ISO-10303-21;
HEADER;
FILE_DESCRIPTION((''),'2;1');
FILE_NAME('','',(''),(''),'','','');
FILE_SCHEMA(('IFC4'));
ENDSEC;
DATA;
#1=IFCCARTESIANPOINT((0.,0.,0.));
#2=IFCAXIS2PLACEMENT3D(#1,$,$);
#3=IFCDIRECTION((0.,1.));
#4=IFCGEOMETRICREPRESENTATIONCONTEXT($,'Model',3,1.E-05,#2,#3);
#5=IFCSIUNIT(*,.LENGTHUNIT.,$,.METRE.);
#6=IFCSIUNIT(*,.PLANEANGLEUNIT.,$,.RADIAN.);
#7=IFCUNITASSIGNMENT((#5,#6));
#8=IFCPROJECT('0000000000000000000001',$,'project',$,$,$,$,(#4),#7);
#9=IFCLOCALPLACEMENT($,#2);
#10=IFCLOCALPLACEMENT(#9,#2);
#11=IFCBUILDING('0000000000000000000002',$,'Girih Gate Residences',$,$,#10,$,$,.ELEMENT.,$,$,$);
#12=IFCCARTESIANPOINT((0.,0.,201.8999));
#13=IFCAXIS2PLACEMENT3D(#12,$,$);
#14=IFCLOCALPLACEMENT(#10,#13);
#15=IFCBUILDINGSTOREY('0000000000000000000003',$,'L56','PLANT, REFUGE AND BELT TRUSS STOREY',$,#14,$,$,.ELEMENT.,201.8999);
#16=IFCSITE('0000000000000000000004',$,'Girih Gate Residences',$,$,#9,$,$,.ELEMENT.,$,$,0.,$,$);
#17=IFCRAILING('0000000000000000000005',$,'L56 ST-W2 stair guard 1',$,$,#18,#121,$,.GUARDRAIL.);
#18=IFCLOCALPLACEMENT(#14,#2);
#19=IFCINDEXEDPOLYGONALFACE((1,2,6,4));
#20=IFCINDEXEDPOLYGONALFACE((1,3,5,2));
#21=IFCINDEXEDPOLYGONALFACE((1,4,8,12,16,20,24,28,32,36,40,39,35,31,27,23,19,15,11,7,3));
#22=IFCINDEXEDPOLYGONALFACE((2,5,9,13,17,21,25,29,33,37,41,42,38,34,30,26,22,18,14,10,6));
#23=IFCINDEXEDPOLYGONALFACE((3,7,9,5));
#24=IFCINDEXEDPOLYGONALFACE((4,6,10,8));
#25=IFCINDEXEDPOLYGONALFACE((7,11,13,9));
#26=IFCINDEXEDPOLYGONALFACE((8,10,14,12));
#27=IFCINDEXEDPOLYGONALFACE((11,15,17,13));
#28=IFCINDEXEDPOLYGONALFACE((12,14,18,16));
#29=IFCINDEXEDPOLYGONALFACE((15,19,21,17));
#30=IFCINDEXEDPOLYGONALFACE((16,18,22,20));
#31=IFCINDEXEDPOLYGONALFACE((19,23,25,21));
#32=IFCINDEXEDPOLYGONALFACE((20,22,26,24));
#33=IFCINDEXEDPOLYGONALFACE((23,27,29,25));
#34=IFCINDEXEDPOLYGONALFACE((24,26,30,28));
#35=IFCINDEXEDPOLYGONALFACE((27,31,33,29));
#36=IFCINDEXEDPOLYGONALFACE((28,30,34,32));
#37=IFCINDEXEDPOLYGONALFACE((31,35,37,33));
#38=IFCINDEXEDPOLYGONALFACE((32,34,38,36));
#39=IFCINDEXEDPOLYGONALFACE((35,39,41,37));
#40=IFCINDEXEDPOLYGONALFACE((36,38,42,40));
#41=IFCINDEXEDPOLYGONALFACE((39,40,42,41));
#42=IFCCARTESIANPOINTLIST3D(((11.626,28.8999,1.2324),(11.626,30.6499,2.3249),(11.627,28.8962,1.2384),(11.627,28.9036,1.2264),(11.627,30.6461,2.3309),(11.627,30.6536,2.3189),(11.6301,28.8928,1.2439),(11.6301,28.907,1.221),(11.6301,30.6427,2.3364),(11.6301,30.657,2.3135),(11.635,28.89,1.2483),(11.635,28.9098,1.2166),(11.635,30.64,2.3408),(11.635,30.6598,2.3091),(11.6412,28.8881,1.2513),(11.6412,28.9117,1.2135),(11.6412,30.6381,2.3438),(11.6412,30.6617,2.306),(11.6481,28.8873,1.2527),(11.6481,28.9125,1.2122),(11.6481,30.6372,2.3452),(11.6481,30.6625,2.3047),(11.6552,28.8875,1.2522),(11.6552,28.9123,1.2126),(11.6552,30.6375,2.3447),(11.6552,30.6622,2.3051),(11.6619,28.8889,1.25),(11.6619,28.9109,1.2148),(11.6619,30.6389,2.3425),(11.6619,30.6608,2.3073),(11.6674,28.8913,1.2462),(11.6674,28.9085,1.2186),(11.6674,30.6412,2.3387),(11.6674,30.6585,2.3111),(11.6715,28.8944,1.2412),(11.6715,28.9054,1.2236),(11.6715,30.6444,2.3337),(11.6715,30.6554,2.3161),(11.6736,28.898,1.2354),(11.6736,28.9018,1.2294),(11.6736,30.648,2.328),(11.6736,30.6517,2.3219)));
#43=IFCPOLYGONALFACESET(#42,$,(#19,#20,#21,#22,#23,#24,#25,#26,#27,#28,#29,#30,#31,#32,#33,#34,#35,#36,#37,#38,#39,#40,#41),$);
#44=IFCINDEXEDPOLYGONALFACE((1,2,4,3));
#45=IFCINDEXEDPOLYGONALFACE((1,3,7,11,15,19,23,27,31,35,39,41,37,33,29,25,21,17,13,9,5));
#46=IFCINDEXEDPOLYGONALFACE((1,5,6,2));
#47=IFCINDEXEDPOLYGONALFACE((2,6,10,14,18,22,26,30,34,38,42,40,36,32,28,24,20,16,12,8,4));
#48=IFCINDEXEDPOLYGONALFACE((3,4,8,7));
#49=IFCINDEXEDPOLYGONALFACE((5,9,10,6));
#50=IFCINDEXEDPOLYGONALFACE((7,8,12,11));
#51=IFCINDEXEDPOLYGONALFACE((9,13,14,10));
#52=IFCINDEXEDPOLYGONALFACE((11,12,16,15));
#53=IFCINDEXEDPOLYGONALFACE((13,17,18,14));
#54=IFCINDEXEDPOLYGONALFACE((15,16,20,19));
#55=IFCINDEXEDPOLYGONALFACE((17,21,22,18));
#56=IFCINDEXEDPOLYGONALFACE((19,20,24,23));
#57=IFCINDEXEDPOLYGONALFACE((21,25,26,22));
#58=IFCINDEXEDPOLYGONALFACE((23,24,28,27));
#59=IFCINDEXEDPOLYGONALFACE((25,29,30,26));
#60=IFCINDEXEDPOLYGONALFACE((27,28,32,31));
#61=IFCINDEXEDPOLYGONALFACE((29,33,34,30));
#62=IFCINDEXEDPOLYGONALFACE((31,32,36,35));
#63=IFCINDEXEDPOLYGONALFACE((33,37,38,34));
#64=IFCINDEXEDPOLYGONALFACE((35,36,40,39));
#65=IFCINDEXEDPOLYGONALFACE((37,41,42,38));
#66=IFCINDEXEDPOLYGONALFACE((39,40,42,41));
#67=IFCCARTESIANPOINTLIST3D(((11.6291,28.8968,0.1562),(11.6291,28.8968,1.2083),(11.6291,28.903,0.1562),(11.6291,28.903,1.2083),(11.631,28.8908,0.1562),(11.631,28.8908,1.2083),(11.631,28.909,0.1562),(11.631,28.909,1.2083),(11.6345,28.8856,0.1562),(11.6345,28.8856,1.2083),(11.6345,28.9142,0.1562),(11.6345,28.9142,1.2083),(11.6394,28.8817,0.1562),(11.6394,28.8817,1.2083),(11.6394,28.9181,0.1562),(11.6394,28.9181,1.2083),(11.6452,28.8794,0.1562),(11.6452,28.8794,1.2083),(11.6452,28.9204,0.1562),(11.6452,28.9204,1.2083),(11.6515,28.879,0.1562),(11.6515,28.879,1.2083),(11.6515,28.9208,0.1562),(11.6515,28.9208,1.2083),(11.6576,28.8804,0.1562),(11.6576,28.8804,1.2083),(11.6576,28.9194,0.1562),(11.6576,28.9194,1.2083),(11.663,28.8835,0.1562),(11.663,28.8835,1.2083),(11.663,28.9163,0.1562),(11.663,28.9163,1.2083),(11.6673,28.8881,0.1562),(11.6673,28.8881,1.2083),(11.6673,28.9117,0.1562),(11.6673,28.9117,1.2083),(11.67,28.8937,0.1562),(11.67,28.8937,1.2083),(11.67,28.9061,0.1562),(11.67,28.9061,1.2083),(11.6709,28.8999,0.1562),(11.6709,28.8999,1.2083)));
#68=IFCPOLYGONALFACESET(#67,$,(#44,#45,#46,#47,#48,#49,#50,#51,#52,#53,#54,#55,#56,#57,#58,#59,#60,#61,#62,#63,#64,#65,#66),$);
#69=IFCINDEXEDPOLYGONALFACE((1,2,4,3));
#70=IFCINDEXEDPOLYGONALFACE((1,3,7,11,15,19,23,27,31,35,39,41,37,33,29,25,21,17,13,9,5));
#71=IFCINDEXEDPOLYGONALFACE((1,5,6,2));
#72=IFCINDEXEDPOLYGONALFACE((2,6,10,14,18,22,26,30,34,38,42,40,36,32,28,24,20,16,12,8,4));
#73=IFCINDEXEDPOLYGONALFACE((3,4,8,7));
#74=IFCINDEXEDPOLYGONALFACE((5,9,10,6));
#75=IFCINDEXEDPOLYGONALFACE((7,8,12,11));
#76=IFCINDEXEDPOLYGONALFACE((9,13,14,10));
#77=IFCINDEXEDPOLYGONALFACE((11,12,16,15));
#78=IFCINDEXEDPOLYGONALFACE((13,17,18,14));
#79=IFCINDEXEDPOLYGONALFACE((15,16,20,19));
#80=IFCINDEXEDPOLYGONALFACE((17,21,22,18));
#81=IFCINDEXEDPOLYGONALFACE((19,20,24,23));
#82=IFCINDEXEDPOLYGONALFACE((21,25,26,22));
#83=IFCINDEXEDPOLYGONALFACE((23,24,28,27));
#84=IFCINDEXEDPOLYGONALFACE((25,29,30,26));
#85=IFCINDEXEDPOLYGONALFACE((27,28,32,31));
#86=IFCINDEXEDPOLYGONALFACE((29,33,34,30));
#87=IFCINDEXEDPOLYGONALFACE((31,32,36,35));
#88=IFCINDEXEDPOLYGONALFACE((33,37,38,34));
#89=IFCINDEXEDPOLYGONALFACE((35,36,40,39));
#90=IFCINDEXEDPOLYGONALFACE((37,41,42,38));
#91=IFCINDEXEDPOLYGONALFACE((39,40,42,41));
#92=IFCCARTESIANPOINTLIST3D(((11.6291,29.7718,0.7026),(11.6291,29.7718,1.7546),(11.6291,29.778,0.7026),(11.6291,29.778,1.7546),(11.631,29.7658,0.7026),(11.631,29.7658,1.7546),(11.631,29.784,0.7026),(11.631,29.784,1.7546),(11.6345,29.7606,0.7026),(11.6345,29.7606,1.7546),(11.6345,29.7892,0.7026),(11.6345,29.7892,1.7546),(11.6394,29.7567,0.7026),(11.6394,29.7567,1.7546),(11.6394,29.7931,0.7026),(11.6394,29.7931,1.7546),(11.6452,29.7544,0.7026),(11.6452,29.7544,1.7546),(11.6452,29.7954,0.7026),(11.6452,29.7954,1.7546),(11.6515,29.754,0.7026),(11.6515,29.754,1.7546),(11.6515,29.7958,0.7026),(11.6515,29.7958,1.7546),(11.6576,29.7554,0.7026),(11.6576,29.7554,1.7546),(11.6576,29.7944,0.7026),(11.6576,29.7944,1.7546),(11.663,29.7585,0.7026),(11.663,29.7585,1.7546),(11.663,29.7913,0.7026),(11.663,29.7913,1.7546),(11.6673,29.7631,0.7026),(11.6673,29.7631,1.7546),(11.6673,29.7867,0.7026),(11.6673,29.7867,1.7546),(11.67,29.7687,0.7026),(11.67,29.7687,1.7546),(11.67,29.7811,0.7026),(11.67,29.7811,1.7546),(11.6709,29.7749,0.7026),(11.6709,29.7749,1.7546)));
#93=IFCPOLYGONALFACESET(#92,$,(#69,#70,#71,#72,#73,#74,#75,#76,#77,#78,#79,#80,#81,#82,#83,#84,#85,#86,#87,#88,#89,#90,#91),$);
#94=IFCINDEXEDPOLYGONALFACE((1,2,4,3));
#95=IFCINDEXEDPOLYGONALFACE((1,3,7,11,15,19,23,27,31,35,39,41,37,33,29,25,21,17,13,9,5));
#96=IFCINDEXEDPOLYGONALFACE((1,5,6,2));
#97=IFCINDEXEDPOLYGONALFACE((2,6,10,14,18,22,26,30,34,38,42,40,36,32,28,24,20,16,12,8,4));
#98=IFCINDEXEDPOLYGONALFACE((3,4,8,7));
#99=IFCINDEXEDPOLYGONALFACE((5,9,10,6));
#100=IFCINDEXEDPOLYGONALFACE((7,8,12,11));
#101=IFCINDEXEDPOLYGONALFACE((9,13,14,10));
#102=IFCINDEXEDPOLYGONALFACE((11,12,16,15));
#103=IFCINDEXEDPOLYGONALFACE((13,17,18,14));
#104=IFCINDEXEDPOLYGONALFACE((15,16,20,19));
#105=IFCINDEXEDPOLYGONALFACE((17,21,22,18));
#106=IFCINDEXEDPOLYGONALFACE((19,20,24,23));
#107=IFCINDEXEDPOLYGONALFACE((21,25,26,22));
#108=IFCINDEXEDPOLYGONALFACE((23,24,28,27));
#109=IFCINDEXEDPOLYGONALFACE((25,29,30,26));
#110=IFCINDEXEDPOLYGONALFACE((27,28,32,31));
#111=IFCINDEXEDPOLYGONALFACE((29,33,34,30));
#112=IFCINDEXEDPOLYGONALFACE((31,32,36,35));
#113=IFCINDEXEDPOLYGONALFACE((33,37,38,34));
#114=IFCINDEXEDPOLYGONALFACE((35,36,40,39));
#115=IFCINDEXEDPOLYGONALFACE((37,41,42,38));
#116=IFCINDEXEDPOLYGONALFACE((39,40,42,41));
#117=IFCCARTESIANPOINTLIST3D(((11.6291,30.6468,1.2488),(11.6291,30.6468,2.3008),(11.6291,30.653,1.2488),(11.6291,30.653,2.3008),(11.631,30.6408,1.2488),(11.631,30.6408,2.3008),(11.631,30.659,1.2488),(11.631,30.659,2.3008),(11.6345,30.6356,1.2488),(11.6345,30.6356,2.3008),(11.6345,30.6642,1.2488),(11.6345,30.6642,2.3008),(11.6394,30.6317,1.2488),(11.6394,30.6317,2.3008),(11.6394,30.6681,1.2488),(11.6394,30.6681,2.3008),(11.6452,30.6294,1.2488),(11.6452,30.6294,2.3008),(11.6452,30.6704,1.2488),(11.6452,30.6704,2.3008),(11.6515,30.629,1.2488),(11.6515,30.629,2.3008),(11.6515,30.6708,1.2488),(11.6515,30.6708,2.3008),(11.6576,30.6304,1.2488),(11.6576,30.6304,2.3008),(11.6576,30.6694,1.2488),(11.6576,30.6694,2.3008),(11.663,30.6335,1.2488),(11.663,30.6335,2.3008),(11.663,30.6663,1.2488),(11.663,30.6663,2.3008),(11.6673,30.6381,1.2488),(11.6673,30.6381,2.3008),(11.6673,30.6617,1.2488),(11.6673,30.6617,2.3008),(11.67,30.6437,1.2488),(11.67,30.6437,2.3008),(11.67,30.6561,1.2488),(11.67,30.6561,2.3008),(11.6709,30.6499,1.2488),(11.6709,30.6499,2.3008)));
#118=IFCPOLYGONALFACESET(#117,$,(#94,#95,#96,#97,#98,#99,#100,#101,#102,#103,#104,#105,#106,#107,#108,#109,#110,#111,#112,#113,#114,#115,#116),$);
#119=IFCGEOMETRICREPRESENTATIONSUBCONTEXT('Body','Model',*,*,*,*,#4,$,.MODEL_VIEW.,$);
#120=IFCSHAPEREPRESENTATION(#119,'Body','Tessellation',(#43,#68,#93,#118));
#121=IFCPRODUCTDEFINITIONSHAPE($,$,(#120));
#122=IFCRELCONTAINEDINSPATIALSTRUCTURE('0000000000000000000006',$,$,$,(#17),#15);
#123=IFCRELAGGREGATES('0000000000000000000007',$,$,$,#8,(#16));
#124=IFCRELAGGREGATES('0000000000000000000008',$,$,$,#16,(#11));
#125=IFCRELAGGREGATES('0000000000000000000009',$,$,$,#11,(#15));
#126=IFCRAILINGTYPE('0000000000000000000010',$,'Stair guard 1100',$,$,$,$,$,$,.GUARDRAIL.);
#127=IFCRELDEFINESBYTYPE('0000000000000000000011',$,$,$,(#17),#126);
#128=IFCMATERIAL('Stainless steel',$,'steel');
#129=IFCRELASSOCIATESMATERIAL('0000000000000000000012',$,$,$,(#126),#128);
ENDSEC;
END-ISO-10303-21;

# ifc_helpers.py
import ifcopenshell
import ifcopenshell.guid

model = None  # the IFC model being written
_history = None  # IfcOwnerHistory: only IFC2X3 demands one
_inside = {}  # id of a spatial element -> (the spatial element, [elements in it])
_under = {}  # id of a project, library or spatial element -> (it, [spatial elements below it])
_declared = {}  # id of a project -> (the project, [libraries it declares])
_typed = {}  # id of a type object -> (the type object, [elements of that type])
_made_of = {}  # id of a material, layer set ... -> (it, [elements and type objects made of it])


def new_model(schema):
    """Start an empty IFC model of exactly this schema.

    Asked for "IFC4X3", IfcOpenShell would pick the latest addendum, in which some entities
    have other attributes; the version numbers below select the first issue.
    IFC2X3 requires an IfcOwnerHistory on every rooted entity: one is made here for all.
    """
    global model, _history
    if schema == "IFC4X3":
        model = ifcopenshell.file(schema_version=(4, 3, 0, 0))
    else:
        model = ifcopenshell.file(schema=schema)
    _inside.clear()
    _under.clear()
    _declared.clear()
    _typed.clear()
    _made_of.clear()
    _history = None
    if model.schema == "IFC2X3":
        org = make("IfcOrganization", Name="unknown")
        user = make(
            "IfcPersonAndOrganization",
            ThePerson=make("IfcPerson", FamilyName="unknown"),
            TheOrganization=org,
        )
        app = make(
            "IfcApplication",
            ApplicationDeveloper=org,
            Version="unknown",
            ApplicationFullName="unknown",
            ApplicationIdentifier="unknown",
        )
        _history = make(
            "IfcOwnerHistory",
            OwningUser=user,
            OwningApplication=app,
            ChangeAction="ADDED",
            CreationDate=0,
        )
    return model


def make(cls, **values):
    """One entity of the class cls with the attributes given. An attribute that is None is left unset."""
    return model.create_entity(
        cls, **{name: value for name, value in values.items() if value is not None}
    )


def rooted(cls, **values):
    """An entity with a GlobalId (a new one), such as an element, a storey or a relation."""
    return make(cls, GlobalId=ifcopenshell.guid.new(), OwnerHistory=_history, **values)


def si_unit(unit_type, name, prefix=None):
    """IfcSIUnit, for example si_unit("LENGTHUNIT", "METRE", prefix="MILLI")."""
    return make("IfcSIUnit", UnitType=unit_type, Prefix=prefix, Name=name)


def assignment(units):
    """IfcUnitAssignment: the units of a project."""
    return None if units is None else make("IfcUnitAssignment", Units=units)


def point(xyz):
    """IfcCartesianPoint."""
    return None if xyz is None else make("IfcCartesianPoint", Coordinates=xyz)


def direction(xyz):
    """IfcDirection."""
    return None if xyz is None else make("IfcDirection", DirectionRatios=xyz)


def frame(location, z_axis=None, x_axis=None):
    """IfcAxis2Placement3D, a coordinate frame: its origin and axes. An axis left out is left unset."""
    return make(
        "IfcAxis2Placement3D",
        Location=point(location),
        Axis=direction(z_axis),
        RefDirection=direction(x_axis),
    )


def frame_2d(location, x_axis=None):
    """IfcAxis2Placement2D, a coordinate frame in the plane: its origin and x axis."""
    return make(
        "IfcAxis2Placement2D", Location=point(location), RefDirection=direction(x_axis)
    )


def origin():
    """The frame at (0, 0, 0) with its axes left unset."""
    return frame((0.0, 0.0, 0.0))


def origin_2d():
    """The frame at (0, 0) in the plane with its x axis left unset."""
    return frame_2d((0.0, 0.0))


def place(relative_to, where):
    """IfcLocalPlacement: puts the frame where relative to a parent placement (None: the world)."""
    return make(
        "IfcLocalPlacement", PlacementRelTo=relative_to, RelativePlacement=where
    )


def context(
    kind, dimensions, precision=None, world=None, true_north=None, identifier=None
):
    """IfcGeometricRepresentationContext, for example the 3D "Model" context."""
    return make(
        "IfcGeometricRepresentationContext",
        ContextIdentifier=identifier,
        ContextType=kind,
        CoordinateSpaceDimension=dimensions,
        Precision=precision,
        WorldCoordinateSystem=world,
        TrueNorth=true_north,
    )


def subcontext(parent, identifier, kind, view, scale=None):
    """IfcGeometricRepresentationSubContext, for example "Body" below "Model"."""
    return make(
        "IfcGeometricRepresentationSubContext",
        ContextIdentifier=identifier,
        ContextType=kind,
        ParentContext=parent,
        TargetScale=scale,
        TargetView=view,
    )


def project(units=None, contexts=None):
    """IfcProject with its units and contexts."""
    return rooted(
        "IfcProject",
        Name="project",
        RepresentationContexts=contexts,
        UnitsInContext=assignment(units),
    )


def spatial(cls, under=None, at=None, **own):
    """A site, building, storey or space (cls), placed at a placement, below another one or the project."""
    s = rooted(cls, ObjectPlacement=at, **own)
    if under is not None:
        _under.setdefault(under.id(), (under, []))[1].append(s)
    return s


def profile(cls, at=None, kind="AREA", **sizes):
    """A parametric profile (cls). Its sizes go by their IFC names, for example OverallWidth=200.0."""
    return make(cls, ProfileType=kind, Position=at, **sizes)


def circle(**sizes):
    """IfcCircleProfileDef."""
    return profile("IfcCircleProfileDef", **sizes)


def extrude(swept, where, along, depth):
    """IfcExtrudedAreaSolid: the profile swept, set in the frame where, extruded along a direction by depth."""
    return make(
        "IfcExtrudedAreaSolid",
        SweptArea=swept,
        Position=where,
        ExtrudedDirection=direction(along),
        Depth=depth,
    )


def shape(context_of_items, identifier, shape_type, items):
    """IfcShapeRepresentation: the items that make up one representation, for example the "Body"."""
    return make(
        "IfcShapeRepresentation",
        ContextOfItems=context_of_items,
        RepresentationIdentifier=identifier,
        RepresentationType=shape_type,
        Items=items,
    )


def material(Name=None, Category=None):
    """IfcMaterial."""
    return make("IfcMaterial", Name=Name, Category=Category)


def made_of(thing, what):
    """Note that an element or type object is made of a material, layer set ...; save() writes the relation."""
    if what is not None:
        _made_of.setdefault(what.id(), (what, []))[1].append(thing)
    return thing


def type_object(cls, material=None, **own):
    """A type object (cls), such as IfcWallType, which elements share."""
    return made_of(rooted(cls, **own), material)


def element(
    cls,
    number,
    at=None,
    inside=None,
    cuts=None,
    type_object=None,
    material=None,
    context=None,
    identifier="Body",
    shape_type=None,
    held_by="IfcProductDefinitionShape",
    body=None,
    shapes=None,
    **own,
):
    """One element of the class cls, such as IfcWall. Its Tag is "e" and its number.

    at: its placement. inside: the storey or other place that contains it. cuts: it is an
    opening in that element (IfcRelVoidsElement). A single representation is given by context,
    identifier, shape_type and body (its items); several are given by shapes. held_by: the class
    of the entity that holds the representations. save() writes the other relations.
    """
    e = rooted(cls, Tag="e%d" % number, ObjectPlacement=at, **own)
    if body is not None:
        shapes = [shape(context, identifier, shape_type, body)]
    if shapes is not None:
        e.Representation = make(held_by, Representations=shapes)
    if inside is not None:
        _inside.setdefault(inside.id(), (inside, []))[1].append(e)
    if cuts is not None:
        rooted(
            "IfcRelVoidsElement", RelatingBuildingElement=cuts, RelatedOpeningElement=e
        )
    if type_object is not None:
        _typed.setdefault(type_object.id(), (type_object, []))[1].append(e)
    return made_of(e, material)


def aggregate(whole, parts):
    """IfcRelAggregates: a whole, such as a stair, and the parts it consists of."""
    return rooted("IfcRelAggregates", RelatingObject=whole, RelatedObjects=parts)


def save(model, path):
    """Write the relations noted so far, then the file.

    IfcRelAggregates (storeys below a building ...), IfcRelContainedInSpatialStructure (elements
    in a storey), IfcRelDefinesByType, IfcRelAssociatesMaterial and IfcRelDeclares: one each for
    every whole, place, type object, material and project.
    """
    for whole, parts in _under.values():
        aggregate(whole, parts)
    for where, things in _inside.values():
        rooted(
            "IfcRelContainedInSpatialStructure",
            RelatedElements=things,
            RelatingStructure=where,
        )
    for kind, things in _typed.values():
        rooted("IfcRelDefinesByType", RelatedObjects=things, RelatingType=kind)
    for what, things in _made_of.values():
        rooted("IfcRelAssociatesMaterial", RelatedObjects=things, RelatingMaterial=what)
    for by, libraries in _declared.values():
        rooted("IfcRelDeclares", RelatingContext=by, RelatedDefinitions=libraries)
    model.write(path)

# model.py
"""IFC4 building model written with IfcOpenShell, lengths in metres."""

from ifc_helpers import new_model, si_unit, direction, frame, origin, origin_2d, place, context, subcontext, project, spatial, circle, extrude, material, type_object, element, save


model = new_model("IFC4")

# Units and contexts
model_context = context("Model", 3, precision=1e-05, world=origin(), true_north=direction((0.0, 1.0)))
body_context = subcontext(model_context, "Body", "Model", "MODEL_VIEW")
ifc_project = project(units=[si_unit("LENGTHUNIT", "METRE"), si_unit("PLANEANGLEUNIT", "RADIAN")], contexts=[model_context])

# Site, building, storey
site_placement = place(None, origin())
site = spatial("IfcSite", under=ifc_project, at=site_placement, Name="Girih Gate Residences", CompositionType="ELEMENT", RefElevation=0.0)
building_placement = place(site_placement, origin())
building = spatial("IfcBuilding", under=site, at=building_placement, Name="Girih Gate Residences", CompositionType="ELEMENT")
storey_placement = place(building_placement, frame((0.0, 0.0, 201.8999)))
storey = spatial("IfcBuildingStorey", under=building, at=storey_placement, Name="L56", Description="PLANT, REFUGE AND BELT TRUSS STOREY", CompositionType="ELEMENT", Elevation=201.8999)

# Railing
ifc_material_1 = material(Name="Stainless steel", Category="steel")
railing_type_1 = type_object("IfcRailingType", Name="Stair guard 1100", PredefinedType="GUARDRAIL", material=ifc_material_1)
for number, where, name in (
    (1, (11.6499, 28.8999, 0.1562), "L56 ST-W2 stair guard 1"),
):
    element("IfcRailing", number, at=place(storey_placement, frame(where)), inside=storey, type_object=railing_type_1, Name=name, PredefinedType="GUARDRAIL", context=body_context, shape_type="SweptSolid", body=[
        extrude(circle(Radius=0.0239, at=origin_2d()), frame((0.0, 0.0, 1.0762), z_axis=(0.0, 0.848264, 0.529573), x_axis=(-1.0, 0.0, 0.0)), (0.0, 0.0, 1.0), 2.063),
        extrude(circle(Radius=0.021, at=origin_2d()), origin(), (0.0, 0.0, 1.0), 1.052),
        extrude(circle(Radius=0.021, at=origin_2d()), frame((0.0, 0.875, 0.5464)), (0.0, 0.0, 1.0), 1.052),
        extrude(circle(Radius=0.021, at=origin_2d()), frame((0.0, 1.75, 1.0925)), (0.0, 0.0, 1.0), 1.052),
    ])

save(model, "model.ifc")
